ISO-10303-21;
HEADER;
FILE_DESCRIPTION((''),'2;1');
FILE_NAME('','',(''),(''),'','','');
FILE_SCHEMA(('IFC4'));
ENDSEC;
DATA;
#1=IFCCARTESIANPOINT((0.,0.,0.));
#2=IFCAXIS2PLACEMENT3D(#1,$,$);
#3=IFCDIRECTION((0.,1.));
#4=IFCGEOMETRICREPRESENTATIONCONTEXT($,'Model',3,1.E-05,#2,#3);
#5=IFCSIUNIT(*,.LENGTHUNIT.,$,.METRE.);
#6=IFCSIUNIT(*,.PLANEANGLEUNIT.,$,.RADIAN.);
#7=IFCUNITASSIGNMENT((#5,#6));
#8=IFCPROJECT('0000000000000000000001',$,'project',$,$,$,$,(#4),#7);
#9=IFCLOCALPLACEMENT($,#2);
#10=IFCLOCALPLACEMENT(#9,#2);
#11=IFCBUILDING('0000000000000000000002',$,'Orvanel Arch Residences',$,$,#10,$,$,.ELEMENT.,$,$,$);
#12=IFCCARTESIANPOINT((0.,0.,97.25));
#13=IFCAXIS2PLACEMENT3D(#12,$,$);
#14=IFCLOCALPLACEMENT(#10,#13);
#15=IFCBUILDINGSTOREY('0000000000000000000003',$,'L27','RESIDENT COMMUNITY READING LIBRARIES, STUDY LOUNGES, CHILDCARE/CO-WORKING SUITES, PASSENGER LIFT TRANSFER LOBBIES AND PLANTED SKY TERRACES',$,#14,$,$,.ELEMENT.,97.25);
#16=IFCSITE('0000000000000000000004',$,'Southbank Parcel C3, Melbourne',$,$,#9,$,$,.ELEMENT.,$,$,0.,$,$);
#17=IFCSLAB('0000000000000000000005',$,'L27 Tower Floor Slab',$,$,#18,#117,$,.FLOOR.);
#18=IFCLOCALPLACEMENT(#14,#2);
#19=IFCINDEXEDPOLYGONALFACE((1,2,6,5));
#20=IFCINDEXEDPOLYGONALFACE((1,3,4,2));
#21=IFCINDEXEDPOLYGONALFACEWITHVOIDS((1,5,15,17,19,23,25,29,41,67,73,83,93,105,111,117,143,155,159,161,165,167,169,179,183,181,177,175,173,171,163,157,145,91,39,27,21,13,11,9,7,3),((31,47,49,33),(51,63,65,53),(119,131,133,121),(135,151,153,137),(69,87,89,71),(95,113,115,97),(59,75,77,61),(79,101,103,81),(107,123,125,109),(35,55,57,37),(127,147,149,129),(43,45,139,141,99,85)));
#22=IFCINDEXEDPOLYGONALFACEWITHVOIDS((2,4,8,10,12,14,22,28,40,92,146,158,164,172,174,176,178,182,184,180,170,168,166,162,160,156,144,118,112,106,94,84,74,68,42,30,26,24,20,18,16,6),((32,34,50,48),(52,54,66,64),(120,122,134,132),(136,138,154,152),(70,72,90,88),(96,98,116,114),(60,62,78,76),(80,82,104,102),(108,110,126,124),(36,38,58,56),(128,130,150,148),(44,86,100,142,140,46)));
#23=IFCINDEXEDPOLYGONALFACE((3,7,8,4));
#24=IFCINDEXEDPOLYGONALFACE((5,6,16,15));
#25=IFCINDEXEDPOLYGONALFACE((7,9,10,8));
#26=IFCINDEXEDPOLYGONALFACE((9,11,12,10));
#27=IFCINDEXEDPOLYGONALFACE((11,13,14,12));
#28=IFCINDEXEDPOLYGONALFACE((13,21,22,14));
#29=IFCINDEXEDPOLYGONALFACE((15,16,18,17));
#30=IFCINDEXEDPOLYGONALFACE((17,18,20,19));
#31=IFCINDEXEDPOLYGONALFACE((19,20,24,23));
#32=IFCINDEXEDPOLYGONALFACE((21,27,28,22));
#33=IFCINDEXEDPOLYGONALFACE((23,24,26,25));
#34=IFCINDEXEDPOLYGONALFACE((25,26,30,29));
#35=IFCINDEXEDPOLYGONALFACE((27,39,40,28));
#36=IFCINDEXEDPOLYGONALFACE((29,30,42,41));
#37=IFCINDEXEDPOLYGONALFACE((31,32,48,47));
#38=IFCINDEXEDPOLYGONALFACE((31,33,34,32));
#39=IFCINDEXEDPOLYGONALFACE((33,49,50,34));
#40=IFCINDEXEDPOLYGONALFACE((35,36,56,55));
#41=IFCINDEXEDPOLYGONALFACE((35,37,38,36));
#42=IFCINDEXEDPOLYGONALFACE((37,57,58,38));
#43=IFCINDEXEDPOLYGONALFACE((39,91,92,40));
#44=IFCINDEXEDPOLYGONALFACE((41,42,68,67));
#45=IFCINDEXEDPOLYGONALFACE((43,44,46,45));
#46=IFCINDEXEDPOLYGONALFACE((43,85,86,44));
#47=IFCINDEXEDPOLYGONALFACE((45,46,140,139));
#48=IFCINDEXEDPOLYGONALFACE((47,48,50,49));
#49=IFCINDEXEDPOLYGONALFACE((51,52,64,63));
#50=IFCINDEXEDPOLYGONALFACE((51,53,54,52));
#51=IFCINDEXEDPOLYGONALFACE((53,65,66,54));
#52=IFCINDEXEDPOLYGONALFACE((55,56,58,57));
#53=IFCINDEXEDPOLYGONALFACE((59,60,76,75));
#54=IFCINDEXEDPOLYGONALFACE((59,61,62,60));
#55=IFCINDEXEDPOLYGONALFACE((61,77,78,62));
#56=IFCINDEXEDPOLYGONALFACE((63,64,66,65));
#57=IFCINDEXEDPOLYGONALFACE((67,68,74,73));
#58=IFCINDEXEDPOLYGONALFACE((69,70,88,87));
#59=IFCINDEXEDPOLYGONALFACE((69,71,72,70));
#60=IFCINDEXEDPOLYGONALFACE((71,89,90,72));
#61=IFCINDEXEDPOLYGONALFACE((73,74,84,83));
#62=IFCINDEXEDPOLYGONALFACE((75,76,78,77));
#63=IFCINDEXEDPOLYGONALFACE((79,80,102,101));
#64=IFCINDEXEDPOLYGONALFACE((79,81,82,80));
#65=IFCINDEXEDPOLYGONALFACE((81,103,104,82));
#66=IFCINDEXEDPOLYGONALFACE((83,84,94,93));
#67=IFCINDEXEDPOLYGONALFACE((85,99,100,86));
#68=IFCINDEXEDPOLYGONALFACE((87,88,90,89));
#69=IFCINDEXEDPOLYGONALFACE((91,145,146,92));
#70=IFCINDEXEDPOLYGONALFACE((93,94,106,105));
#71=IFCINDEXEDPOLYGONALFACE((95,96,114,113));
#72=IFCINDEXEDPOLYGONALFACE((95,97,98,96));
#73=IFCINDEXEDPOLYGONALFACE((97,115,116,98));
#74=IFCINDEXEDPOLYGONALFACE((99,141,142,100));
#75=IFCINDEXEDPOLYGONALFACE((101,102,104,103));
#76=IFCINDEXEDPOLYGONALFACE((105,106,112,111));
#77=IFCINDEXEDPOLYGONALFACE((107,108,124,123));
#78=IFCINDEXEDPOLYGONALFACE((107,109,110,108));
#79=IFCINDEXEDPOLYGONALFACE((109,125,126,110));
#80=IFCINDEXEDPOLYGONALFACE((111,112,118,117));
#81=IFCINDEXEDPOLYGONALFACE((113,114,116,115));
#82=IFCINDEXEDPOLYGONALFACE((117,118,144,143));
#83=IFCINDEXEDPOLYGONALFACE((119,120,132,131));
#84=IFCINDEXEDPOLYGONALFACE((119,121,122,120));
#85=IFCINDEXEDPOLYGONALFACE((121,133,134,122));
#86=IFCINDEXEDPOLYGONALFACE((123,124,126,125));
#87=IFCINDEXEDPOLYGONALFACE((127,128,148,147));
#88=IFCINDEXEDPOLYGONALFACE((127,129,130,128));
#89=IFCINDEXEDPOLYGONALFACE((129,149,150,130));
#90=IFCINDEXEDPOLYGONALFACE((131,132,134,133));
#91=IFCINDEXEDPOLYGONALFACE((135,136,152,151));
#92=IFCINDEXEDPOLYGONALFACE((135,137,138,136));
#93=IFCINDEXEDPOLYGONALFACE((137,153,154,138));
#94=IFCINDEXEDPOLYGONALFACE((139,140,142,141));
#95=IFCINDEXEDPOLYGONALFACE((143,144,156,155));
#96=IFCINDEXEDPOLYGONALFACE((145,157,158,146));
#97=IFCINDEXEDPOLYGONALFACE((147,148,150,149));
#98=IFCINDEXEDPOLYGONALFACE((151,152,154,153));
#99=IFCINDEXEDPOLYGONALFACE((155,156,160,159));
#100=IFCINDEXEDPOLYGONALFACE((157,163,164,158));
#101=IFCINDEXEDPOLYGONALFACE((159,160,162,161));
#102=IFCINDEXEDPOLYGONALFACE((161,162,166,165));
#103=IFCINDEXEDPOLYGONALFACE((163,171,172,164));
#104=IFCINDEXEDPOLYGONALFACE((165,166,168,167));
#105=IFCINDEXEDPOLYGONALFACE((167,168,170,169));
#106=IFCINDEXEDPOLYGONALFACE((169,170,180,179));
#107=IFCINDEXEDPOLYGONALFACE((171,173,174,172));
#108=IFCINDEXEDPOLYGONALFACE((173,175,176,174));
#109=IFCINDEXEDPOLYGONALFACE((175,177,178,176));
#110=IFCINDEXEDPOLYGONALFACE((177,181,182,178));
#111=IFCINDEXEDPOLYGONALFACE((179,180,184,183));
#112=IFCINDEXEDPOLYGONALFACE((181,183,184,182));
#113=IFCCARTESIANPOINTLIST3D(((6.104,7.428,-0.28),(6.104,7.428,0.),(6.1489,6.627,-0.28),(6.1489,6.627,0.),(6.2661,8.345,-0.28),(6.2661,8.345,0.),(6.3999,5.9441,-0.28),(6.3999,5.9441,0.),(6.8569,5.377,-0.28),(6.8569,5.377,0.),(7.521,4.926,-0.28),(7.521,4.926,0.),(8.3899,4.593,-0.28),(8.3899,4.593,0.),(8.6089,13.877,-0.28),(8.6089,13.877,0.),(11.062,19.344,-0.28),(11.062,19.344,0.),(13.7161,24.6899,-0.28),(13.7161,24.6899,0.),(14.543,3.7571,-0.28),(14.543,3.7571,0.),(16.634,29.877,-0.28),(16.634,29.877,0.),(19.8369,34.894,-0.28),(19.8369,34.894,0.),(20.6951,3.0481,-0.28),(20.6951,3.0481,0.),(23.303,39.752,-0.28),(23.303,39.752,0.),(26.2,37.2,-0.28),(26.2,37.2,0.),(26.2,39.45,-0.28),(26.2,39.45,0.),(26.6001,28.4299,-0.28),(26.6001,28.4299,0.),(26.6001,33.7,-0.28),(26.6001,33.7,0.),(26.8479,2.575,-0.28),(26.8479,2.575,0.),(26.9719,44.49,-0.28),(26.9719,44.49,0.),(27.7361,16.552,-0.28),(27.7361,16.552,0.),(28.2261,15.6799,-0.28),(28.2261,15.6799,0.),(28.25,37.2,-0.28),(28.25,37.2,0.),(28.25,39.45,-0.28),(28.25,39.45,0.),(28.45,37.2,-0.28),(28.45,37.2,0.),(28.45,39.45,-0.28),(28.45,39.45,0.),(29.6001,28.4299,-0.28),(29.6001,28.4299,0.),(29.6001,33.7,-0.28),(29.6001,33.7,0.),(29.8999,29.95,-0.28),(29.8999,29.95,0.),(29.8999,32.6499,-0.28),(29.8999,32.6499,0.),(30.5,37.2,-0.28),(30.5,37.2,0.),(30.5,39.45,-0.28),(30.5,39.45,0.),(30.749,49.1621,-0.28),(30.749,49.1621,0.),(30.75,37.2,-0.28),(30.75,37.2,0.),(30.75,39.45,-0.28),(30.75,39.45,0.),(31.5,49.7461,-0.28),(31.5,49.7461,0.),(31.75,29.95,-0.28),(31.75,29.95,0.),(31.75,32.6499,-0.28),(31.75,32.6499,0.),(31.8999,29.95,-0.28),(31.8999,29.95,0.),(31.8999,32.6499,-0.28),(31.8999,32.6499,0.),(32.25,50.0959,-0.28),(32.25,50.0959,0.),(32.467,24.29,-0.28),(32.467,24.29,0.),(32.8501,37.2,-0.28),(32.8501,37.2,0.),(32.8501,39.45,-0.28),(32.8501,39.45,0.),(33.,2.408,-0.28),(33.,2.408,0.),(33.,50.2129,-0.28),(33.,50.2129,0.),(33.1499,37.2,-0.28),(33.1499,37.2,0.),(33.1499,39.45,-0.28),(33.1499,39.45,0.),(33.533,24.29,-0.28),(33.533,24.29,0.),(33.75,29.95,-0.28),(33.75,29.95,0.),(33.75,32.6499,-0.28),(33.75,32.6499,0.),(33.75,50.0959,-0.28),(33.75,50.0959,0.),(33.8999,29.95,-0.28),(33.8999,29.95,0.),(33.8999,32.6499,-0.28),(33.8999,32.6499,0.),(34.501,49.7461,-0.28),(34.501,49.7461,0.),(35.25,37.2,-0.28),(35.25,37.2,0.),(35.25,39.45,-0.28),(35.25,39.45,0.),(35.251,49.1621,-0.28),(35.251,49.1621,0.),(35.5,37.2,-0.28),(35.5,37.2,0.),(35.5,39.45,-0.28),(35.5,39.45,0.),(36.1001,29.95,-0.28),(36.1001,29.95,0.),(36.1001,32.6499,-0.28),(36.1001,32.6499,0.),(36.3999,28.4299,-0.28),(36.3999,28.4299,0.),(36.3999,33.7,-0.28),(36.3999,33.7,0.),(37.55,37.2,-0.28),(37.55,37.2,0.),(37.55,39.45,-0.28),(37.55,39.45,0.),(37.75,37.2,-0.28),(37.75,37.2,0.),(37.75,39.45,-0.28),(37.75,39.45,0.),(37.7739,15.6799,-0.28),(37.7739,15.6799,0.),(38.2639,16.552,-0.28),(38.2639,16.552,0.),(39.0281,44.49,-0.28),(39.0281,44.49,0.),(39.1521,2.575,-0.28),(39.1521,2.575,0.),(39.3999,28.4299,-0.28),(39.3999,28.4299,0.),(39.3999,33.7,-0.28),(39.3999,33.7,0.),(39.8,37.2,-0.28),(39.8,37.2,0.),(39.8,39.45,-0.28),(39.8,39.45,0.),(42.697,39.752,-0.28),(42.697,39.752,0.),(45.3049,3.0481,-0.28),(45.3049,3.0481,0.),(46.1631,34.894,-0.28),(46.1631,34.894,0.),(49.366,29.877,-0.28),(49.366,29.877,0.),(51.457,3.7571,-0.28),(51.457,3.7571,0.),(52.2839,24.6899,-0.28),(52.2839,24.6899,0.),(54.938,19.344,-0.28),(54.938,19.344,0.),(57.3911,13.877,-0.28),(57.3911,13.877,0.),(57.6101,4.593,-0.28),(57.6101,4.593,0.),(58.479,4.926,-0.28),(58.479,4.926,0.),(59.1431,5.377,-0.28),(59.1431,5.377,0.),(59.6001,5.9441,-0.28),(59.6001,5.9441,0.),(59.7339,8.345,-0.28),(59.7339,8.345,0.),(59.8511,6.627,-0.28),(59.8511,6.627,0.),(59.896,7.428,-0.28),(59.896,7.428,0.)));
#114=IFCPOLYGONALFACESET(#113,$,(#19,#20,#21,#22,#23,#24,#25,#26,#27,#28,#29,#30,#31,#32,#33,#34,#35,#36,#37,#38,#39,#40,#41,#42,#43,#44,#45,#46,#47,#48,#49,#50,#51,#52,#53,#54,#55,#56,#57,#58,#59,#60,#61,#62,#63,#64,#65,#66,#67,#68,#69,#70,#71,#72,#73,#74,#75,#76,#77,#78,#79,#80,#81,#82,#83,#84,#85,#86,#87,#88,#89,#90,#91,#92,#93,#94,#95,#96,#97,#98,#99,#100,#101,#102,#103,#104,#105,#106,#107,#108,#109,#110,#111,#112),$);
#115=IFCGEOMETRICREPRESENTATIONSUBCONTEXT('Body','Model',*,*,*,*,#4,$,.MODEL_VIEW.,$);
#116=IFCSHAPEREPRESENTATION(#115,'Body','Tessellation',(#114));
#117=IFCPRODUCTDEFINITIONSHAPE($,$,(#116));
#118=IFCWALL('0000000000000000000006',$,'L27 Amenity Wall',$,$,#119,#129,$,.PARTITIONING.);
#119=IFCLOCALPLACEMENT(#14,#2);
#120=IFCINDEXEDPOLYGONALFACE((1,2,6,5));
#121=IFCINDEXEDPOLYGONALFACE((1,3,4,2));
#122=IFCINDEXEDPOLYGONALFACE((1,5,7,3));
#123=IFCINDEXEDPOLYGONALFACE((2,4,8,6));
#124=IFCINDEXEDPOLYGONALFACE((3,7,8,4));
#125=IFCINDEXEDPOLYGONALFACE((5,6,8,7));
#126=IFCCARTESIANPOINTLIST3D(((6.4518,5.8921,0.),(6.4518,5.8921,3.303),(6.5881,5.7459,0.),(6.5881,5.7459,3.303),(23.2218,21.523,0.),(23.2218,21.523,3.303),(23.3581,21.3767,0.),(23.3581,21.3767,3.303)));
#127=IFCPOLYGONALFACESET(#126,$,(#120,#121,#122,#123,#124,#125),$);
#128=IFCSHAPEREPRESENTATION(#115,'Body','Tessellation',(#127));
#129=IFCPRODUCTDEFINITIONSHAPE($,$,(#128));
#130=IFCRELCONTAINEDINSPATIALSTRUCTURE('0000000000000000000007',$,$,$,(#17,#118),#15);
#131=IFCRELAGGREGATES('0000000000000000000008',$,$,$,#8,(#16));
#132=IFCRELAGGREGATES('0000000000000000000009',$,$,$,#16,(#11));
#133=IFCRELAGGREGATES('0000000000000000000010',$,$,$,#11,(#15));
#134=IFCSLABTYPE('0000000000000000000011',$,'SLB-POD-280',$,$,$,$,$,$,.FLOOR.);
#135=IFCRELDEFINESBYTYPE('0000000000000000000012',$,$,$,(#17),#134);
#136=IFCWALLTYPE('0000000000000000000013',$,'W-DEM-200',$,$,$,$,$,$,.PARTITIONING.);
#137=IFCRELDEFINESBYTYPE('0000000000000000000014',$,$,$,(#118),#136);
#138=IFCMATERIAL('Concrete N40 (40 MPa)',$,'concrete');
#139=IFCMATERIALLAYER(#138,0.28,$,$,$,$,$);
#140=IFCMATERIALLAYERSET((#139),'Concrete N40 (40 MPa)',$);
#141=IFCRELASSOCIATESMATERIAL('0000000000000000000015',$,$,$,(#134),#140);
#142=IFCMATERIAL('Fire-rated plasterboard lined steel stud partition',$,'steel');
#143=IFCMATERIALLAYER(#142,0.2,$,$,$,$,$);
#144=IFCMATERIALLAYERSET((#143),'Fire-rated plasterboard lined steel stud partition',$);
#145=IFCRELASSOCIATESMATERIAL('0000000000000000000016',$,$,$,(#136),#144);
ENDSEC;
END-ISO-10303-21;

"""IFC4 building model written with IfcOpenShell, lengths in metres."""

from ifc_helpers import new_model, si_unit, direction, frame, frame_2d, origin, place, context, subcontext, project, spatial, polyline, rectangle, outline, extrude, material, layer, layer_set, type_object, element, save


model = new_model("IFC4")

# Units and contexts
model_context = context("Model", 3, precision=1e-05, world=origin(), true_north=direction((0.0, 1.0)))
body_context = subcontext(model_context, "Body", "Model", "MODEL_VIEW")
ifc_project = project(units=[si_unit("LENGTHUNIT", "METRE"), si_unit("PLANEANGLEUNIT", "RADIAN")], contexts=[model_context])

# Site, building, storey
site_placement = place(None, origin())
site = spatial("IfcSite", under=ifc_project, at=site_placement, Name="Southbank Parcel C3, Melbourne", CompositionType="ELEMENT", RefElevation=0.0)
building_placement = place(site_placement, origin())
building = spatial("IfcBuilding", under=site, at=building_placement, Name="Orvanel Arch Residences", CompositionType="ELEMENT")
storey_placement = place(building_placement, frame((0.0, 0.0, 97.25)))
storey = spatial("IfcBuildingStorey", under=building, at=storey_placement, Name="L27", Description="RESIDENT COMMUNITY READING LIBRARIES, STUDY LOUNGES, CHILDCARE/CO-WORKING SUITES, PASSENGER LIFT TRANSFER LOBBIES AND PLANTED SKY TERRACES", CompositionType="ELEMENT", Elevation=97.25)

# Shared definitions
ifc_material_1 = material(Name="Concrete N40 (40 MPa)", Category="concrete")

# Slab
ifc_layer_1 = layer(ifc_material_1, 0.28)
ifc_layer_set_1 = layer_set([ifc_layer_1], Name="Concrete N40 (40 MPa)")
slab_type_1 = type_object("IfcSlabType", Name="SLB-POD-280", PredefinedType="FLOOR", material=ifc_layer_set_1)
slab_1_placement = place(storey_placement, frame((0.0, 0.0, -0.28)))
element("IfcSlab", 1, at=slab_1_placement, inside=storey, type_object=slab_type_1, Name="L27 Tower Floor Slab", PredefinedType="FLOOR", context=body_context, shape_type="SweptSolid", body=[
    extrude(outline(polyline([(35.251, 49.1621), (34.501, 49.7461), (33.75, 50.0959), (33.0, 50.2129), (32.25, 50.0959), (31.5, 49.7461), (30.749, 49.1621), (26.9719, 44.49), (23.303, 39.752), (19.8369, 34.894), (16.634, 29.877), (13.7161, 24.6899), (11.062, 19.344), (8.6089, 13.877), (6.2661, 8.345), (6.104, 7.428), (6.1489, 6.627), (6.3999, 5.9441), (6.8569, 5.377), (7.521, 4.926), (8.3899, 4.593), (14.543, 3.7571), (20.6951, 3.0481), (26.8479, 2.575), (33.0, 2.408), (39.1521, 2.575), (45.3049, 3.0481), (51.457, 3.7571), (57.6101, 4.593), (58.479, 4.926), (59.1431, 5.377), (59.6001, 5.9441), (59.8511, 6.627), (59.896, 7.428), (59.7339, 8.345), (57.3911, 13.877), (54.938, 19.344), (52.2839, 24.6899), (49.366, 29.877), (46.1631, 34.894), (42.697, 39.752), (39.0281, 44.49), (35.251, 49.1621)]), holes=[polyline([(26.6001, 28.4299), (26.6001, 33.7), (29.6001, 33.7), (29.6001, 28.4299), (26.6001, 28.4299)]), polyline([(36.3999, 28.4299), (36.3999, 33.7), (39.3999, 33.7), (39.3999, 28.4299), (36.3999, 28.4299)]), polyline([(29.8999, 32.6499), (31.75, 32.6499), (31.75, 29.95), (29.8999, 29.95), (29.8999, 32.6499)]), polyline([(31.8999, 32.6499), (33.75, 32.6499), (33.75, 29.95), (31.8999, 29.95), (31.8999, 32.6499)]), polyline([(33.8999, 32.6499), (36.1001, 32.6499), (36.1001, 29.95), (33.8999, 29.95), (33.8999, 32.6499)]), polyline([(26.2, 39.45), (28.25, 39.45), (28.25, 37.2), (26.2, 37.2), (26.2, 39.45)]), polyline([(37.75, 39.45), (39.8, 39.45), (39.8, 37.2), (37.75, 37.2), (37.75, 39.45)]), polyline([(28.45, 39.45), (30.5, 39.45), (30.5, 37.2), (28.45, 37.2), (28.45, 39.45)]), polyline([(35.5, 39.45), (37.55, 39.45), (37.55, 37.2), (35.5, 37.2), (35.5, 39.45)]), polyline([(30.75, 39.45), (32.8501, 39.45), (32.8501, 37.2), (30.75, 37.2), (30.75, 39.45)]), polyline([(33.1499, 39.45), (35.25, 39.45), (35.25, 37.2), (33.1499, 37.2), (33.1499, 39.45)]), polyline([(38.2639, 16.552), (37.7739, 15.6799), (28.2261, 15.6799), (27.7361, 16.552), (32.467, 24.29), (33.533, 24.29), (38.2639, 16.552)])]), origin(), (0.0, 0.0, 1.0), 0.28),
])

# Wall
ifc_material_2 = material(Name="Fire-rated plasterboard lined steel stud partition", Category="steel")
ifc_layer_2 = layer(ifc_material_2, 0.2)
ifc_layer_set_2 = layer_set([ifc_layer_2], Name="Fire-rated plasterboard lined steel stud partition")
wall_type = type_object("IfcWallType", Name="W-DEM-200", PredefinedType="PARTITIONING", material=ifc_layer_set_2)
wall_placement = place(storey_placement, frame((6.52, 5.8191, 0.0), z_axis=(0.0, 0.0, 1.0), x_axis=(0.731515, 0.681825, 0.0)))
element("IfcWall", 2, at=wall_placement, inside=storey, type_object=wall_type, Name="L27 Amenity Wall", PredefinedType="PARTITIONING", context=body_context, shape_type="SweptSolid", body=[
    extrude(rectangle(XDim=22.925, YDim=0.2, at=frame_2d((11.4624, 0.0))), origin(), (0.0, 0.0, 1.0), 3.303),
])

save(model, "model.ifc")
